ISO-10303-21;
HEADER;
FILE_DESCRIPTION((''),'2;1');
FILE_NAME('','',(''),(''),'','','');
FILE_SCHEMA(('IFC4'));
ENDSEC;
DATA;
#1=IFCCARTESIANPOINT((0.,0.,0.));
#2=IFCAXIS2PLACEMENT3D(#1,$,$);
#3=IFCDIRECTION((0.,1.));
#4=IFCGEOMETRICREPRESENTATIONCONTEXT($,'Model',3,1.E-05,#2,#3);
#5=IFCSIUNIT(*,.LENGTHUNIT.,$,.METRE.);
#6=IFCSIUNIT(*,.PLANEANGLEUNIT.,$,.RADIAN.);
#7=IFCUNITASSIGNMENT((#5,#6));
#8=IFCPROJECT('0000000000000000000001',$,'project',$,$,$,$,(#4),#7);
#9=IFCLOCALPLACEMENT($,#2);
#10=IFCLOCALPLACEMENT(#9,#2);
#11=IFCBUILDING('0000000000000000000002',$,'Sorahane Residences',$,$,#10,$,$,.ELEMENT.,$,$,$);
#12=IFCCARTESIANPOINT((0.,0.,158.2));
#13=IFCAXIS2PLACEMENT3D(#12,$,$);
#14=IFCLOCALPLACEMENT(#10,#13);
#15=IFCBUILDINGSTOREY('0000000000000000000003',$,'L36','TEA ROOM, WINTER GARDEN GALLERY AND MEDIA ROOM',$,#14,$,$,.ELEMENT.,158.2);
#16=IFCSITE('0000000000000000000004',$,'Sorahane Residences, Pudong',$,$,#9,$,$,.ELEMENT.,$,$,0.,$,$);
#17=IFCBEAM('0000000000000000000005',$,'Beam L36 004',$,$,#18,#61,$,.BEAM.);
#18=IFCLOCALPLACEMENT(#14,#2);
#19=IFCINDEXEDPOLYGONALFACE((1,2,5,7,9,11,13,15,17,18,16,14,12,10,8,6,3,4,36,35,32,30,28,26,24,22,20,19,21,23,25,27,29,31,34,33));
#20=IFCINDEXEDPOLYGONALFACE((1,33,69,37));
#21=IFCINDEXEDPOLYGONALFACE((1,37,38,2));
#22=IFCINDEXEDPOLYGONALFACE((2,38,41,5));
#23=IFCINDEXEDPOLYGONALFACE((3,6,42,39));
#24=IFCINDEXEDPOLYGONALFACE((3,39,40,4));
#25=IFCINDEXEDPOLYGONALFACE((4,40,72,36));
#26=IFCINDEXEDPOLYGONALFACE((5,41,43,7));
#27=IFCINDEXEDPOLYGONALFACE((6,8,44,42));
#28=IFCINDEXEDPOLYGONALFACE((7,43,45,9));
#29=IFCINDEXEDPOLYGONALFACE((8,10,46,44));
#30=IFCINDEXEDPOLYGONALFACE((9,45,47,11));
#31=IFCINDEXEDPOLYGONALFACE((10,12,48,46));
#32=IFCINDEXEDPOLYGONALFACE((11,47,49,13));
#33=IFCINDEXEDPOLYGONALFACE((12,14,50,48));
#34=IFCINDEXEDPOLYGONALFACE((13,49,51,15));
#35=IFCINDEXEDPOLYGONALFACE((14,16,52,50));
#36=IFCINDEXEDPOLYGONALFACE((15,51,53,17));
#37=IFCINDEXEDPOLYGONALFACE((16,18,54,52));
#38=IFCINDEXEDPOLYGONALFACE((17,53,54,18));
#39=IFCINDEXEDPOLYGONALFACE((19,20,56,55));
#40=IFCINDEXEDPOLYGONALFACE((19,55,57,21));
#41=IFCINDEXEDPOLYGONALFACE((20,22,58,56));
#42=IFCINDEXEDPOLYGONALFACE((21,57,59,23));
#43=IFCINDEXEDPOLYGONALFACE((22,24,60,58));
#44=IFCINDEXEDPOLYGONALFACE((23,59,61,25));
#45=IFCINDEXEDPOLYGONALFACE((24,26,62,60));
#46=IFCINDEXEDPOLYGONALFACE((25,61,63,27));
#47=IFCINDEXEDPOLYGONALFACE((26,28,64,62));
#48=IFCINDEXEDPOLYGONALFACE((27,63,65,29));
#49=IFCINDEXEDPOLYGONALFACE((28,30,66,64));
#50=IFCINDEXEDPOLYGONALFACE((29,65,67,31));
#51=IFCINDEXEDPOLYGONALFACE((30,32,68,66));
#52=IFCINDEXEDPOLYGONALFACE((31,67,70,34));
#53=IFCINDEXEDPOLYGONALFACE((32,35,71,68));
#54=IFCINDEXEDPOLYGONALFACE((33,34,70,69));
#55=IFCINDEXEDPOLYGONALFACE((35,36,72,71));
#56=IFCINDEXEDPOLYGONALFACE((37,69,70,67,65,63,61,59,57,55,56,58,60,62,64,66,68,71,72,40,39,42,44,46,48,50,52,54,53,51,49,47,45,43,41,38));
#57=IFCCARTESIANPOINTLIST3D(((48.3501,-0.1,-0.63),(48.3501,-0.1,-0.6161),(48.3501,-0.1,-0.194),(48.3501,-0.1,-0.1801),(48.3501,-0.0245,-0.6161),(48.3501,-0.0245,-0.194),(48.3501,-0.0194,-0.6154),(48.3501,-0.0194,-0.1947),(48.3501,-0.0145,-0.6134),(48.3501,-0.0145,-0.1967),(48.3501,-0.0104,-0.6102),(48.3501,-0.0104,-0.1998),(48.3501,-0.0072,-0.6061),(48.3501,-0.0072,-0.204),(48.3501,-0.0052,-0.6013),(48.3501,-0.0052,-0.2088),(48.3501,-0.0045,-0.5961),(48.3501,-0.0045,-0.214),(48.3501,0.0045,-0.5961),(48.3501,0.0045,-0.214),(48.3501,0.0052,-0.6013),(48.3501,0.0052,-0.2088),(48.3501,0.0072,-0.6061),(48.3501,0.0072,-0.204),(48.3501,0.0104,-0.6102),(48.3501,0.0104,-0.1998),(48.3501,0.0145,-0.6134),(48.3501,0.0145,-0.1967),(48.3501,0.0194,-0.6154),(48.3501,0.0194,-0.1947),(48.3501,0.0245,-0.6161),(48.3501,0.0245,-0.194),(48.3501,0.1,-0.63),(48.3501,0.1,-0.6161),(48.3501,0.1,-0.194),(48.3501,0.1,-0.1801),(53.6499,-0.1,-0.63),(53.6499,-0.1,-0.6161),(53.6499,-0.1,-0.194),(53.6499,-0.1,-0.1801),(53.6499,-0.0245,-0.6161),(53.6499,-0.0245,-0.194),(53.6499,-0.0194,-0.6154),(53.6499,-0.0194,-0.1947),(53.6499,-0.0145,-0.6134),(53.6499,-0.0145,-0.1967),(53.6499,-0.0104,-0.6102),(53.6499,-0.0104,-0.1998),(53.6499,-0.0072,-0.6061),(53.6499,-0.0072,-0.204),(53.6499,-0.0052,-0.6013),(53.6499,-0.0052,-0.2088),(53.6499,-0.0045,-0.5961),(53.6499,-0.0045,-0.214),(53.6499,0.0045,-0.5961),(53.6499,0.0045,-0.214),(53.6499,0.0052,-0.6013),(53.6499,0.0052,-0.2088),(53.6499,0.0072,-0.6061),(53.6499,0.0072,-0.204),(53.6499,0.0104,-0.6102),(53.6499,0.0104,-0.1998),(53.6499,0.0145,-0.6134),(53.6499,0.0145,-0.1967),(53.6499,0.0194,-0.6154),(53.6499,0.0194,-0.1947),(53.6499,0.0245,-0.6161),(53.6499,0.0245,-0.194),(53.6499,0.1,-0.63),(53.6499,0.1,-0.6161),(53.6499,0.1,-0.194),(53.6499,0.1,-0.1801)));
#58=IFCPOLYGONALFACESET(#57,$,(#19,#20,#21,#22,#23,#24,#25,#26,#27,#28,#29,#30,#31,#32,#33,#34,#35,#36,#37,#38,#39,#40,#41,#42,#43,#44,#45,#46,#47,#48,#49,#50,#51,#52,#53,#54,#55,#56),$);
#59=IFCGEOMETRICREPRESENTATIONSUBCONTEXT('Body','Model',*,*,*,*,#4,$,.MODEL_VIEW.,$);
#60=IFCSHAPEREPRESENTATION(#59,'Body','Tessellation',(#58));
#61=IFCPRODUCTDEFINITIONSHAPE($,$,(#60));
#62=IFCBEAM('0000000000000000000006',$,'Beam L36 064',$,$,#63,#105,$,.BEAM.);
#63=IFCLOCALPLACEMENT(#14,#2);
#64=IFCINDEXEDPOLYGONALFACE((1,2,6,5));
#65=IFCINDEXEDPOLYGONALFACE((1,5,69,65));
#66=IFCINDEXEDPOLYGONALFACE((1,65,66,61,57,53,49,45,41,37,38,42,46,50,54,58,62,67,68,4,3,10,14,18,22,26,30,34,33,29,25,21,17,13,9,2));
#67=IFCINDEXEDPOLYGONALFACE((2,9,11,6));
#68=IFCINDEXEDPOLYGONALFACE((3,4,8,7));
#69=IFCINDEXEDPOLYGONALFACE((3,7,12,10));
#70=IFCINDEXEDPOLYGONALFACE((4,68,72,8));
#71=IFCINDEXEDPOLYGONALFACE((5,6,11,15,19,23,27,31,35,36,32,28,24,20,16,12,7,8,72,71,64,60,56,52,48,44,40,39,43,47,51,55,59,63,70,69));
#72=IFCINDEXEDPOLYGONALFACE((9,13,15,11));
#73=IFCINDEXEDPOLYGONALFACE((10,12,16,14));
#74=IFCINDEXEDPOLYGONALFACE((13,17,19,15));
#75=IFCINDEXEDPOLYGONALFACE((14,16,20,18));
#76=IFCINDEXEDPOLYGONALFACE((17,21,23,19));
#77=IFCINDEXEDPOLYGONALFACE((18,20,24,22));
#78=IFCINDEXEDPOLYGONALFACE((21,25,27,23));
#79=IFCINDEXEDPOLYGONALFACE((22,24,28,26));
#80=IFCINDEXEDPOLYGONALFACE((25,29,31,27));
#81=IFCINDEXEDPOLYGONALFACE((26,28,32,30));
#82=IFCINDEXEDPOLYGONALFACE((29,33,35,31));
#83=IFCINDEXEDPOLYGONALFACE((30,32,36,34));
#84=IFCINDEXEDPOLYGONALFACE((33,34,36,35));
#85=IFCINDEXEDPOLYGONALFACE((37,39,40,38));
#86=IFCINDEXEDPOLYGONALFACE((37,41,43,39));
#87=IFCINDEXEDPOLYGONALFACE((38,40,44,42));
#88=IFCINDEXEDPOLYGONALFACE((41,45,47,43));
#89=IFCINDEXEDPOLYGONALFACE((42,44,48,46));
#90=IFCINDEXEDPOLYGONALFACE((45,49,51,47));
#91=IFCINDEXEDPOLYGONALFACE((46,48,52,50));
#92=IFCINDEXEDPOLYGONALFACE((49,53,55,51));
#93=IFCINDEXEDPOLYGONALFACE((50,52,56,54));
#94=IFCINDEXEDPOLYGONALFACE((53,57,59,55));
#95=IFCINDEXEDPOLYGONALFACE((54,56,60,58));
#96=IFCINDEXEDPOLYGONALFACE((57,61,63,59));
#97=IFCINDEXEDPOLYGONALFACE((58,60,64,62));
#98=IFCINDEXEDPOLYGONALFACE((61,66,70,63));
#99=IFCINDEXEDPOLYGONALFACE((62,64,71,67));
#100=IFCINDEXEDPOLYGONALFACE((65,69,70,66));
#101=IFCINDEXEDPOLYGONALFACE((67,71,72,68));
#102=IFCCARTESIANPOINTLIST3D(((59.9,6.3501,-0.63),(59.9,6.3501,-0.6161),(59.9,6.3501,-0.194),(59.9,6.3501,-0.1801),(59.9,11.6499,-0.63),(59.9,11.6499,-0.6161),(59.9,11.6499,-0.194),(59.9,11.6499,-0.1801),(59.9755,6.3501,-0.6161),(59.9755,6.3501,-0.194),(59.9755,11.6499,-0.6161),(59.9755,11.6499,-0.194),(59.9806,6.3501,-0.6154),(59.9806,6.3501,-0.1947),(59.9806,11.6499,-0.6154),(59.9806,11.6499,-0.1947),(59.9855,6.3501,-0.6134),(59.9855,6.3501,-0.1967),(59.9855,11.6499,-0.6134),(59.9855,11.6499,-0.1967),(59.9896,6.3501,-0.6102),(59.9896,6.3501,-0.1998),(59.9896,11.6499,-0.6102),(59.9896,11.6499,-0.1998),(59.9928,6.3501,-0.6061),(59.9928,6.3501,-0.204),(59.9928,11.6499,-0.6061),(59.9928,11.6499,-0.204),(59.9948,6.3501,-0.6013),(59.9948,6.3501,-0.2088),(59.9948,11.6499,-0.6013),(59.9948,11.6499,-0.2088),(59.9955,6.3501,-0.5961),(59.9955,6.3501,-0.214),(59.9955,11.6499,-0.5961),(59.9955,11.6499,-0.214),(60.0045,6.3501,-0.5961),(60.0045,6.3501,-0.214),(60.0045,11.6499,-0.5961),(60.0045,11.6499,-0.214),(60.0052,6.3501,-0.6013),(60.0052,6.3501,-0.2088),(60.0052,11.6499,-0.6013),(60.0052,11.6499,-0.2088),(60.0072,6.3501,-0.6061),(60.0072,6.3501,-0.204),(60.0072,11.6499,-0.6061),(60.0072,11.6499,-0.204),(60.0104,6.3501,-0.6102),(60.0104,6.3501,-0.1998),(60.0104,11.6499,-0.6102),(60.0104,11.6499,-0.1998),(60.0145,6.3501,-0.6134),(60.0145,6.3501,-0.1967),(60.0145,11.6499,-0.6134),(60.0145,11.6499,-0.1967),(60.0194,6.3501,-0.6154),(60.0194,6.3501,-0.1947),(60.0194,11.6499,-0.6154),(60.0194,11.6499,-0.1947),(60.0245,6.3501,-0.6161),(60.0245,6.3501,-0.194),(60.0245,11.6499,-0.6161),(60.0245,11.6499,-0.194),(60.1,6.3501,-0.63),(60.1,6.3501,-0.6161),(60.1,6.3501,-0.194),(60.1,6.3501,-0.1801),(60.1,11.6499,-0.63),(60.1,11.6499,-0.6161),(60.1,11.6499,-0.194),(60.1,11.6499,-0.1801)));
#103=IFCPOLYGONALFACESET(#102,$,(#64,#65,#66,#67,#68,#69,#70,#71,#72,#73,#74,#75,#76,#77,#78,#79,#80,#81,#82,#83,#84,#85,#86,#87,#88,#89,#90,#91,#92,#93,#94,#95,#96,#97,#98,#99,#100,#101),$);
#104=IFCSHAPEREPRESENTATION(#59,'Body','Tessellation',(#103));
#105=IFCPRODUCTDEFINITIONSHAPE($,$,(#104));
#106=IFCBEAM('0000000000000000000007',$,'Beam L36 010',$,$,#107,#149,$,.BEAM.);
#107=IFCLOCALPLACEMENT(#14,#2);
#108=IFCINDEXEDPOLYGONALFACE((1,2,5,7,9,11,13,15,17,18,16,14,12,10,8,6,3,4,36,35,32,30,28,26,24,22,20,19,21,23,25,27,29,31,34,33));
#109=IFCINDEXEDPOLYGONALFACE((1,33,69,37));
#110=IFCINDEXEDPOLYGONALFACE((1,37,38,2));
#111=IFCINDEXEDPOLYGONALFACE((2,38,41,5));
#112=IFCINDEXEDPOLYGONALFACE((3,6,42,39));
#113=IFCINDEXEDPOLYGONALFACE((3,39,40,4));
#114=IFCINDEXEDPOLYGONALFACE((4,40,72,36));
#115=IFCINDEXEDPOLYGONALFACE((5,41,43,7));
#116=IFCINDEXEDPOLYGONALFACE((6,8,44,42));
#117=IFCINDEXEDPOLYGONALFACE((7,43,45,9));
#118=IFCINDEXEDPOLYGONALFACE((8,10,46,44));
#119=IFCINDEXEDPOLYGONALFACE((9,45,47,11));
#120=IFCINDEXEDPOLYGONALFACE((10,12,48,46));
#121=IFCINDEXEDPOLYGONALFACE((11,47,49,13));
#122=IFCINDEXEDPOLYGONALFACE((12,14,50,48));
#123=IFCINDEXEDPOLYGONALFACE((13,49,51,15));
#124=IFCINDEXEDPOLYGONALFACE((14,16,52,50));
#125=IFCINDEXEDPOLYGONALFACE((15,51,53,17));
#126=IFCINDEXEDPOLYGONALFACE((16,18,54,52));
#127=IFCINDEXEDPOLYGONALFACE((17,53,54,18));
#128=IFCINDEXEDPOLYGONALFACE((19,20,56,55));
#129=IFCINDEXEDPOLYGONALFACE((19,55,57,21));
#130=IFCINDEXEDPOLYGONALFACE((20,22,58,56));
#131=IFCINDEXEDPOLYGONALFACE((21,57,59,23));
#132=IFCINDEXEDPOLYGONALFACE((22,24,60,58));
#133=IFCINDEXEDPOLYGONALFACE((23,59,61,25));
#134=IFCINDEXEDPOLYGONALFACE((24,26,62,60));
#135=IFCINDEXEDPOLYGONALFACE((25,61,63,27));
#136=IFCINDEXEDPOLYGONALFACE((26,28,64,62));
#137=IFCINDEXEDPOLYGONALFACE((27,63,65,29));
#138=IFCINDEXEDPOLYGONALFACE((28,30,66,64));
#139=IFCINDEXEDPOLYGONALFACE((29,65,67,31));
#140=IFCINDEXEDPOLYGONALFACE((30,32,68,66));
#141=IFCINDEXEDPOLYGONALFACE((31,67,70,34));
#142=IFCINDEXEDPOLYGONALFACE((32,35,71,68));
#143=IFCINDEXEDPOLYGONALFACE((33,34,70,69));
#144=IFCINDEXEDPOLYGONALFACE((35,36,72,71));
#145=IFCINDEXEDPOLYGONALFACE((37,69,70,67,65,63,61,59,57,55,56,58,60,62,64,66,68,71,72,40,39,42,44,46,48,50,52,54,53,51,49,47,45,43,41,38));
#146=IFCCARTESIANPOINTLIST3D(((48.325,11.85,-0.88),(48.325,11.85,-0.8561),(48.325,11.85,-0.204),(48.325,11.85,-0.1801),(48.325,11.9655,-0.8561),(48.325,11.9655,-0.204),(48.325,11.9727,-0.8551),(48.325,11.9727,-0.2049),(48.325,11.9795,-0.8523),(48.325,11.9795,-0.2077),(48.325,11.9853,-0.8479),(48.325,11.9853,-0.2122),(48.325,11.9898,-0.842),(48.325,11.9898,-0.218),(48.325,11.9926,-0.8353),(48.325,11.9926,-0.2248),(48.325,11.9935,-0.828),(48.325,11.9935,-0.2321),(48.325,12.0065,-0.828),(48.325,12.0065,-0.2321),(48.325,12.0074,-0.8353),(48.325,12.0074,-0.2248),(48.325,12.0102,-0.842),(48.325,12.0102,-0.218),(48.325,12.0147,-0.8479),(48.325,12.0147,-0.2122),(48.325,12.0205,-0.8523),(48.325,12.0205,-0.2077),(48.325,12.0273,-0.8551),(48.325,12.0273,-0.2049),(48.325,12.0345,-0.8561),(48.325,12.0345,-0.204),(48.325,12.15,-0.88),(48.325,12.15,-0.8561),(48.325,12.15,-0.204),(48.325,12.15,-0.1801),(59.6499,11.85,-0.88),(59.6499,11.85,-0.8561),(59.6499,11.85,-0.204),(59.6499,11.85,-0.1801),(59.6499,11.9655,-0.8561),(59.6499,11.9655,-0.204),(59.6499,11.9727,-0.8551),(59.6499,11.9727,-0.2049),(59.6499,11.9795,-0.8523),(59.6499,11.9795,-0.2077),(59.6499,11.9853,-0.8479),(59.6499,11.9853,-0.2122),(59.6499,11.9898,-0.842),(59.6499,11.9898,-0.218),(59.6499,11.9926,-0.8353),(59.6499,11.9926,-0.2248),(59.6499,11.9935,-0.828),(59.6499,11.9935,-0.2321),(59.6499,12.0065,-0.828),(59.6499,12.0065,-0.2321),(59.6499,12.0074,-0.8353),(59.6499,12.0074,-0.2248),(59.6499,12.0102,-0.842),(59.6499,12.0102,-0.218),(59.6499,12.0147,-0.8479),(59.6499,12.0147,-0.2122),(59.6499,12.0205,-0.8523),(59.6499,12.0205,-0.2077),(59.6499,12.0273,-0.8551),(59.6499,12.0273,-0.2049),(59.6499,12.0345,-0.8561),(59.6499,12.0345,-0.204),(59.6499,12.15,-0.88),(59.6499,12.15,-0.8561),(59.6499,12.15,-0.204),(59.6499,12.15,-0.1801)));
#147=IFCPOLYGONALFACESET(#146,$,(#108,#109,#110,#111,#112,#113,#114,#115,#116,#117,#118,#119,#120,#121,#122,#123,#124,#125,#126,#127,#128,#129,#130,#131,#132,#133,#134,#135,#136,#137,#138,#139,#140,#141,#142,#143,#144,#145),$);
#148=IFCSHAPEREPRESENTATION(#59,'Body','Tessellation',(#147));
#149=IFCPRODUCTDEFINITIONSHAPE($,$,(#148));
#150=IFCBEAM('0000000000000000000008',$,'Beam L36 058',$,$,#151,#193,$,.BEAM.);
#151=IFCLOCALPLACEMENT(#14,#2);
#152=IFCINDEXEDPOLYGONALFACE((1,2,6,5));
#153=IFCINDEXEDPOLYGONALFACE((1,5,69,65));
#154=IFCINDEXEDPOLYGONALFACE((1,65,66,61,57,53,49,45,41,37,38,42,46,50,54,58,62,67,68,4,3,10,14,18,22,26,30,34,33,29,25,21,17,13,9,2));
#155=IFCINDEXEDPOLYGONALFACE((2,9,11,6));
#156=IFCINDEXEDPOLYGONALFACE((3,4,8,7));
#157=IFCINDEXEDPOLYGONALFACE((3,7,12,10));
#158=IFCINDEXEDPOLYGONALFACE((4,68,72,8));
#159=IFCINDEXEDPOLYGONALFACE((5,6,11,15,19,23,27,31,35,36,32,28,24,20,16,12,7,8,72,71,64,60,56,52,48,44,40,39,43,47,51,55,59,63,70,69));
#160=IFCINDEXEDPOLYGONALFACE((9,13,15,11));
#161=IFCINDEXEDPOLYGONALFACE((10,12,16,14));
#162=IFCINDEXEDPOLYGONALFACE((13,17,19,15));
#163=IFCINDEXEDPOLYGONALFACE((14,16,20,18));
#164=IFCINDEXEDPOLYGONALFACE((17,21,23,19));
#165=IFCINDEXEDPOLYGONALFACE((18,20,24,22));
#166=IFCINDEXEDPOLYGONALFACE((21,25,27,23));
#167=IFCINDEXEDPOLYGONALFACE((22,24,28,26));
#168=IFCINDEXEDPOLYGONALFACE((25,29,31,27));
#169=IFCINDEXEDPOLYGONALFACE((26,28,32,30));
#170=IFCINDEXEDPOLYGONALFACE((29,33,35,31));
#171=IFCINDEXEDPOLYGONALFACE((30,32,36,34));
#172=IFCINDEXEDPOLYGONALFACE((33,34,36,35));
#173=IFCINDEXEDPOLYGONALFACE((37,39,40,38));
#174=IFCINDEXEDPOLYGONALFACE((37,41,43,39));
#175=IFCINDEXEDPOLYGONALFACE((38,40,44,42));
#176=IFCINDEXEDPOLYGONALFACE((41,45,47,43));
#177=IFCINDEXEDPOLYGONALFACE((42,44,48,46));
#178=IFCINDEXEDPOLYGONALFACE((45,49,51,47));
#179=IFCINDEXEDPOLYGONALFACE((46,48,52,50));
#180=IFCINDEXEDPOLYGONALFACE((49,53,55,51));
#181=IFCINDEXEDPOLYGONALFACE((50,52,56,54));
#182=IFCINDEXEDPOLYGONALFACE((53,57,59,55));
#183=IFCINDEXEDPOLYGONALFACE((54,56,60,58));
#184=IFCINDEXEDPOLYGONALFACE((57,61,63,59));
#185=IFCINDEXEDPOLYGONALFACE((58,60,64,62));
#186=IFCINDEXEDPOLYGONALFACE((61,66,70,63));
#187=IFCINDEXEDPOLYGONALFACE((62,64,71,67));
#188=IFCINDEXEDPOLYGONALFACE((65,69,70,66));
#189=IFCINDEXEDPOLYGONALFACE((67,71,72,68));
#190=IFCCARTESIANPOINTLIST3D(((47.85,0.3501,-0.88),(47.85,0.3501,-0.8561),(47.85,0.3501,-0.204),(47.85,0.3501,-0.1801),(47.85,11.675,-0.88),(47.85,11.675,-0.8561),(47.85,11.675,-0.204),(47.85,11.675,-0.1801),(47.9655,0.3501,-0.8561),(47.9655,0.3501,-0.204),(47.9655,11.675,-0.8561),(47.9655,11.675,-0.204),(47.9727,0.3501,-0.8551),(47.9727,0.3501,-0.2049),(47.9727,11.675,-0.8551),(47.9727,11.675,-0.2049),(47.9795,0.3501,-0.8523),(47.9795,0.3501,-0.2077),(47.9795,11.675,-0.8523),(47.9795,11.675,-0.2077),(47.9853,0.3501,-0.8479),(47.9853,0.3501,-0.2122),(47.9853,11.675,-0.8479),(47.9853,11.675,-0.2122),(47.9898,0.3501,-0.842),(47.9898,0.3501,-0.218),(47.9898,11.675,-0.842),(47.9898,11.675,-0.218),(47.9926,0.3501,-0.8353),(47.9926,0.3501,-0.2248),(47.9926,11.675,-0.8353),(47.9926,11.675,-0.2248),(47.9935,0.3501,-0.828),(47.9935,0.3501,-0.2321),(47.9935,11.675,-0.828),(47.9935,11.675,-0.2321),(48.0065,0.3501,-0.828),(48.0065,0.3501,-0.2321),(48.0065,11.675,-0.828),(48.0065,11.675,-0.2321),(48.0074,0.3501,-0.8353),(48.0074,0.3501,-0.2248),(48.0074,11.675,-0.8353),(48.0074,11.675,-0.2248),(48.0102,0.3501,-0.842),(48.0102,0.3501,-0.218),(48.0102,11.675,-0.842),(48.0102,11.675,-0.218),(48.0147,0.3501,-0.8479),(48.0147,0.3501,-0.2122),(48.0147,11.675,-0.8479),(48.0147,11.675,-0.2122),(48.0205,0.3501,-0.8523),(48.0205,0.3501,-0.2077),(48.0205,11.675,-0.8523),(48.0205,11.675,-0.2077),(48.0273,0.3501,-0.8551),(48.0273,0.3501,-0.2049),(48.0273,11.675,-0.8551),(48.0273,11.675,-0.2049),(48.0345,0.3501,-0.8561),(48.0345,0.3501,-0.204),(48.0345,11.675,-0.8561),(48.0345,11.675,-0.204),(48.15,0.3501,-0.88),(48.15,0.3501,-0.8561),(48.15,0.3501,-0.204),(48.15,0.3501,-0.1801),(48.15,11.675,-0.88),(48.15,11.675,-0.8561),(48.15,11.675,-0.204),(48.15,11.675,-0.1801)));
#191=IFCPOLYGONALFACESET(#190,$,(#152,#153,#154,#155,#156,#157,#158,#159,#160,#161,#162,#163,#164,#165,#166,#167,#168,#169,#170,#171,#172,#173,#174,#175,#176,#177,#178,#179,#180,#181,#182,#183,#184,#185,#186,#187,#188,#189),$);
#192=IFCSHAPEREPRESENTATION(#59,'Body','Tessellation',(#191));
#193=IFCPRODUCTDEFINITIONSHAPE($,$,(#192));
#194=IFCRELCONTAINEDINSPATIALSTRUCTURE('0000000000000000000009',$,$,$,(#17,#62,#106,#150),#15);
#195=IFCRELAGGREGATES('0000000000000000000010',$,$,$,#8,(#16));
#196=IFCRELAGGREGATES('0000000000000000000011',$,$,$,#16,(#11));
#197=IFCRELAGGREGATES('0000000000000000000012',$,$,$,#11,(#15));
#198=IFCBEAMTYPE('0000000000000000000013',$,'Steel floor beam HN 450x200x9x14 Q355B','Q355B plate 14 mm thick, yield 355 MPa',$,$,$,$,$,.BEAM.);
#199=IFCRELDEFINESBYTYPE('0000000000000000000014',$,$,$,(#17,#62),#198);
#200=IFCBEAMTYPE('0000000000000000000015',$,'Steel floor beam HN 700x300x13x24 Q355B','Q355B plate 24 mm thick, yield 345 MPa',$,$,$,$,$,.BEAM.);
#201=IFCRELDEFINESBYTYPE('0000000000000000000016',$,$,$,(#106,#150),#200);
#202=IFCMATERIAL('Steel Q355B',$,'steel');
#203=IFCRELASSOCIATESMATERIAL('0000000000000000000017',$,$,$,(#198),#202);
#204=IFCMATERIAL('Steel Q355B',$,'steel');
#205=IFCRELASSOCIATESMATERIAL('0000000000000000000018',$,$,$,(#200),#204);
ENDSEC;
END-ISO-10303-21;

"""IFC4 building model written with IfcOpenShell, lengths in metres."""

from ifc_helpers import new_model, si_unit, direction, frame, origin, origin_2d, place, context, subcontext, project, spatial, i_section, extrude, material, material_profile, profile_set, type_object, element, save


model = new_model("IFC4")

# Units and contexts
model_context = context("Model", 3, precision=1e-05, world=origin(), true_north=direction((0.0, 1.0)))
body_context = subcontext(model_context, "Body", "Model", "MODEL_VIEW")
ifc_project = project(units=[si_unit("LENGTHUNIT", "METRE"), si_unit("PLANEANGLEUNIT", "RADIAN")], contexts=[model_context])

# Site, building, storey
site_placement = place(None, origin())
site = spatial("IfcSite", under=ifc_project, at=site_placement, Name="Sorahane Residences, Pudong", CompositionType="ELEMENT", RefElevation=0.0)
building_placement = place(site_placement, origin())
building = spatial("IfcBuilding", under=site, at=building_placement, Name="Sorahane Residences", CompositionType="ELEMENT")
storey_placement = place(building_placement, frame((0.0, 0.0, 158.2)))
storey = spatial("IfcBuildingStorey", under=building, at=storey_placement, Name="L36", Description="TEA ROOM, WINTER GARDEN GALLERY AND MEDIA ROOM", CompositionType="ELEMENT", Elevation=158.2)

# Beams
ifc_material_1 = material(Name="Steel Q355B", Category="steel")
ifc_material_profile_1 = material_profile(ifc_material_1, i_section(OverallWidth=0.2, OverallDepth=0.45, WebThickness=0.009, FlangeThickness=0.0139, FilletRadius=0.02, at=origin_2d()), Name="HN 450x200x9x14")
ifc_profile_set_1 = profile_set([ifc_material_profile_1], Name="Steel Q355B")
beam_type_1 = type_object("IfcBeamType", Name="Steel floor beam HN 450x200x9x14 Q355B", Description="Q355B plate 14 mm thick, yield 355 MPa", PredefinedType="BEAM", material=ifc_profile_set_1)
for number, where, z_axis, x_axis, name in (
    (1, (48.3501, 0.0, -0.405), (1.0, 0.0, 0.0), (0.0, 1.0, 0.0), "Beam L36 004"),
    (2, (60.0, 6.3501, -0.405), (0.0, 1.0, 0.0), (-1.0, 0.0, 0.0), "Beam L36 064"),
):
    element("IfcBeam", number, at=place(storey_placement, frame(where, z_axis=z_axis, x_axis=x_axis)), inside=storey, type_object=beam_type_1, Name=name, PredefinedType="BEAM", context=body_context, shape_type="SweptSolid", body=[
        extrude(i_section(OverallWidth=0.2, OverallDepth=0.45, WebThickness=0.009, FlangeThickness=0.0139, FilletRadius=0.02, at=origin_2d()), origin(), (0.0, 0.0, 1.0), 5.2998),
    ])
ifc_material_2 = material(Name="Steel Q355B", Category="steel")
ifc_material_profile_2 = material_profile(ifc_material_2, i_section(OverallWidth=0.3, OverallDepth=0.7, WebThickness=0.0129, FlangeThickness=0.0239, FilletRadius=0.0281, at=origin_2d()), Name="HN 700x300x13x24")
ifc_profile_set_2 = profile_set([ifc_material_profile_2], Name="Steel Q355B")
beam_type_2 = type_object("IfcBeamType", Name="Steel floor beam HN 700x300x13x24 Q355B", Description="Q355B plate 24 mm thick, yield 345 MPa", PredefinedType="BEAM", material=ifc_profile_set_2)
for number, where, z_axis, x_axis, name in (
    (3, (48.325, 12.0, -0.53), (1.0, 0.0, 0.0), (0.0, 1.0, 0.0), "Beam L36 010"),
    (4, (48.0, 0.3501, -0.53), (0.0, 1.0, 0.0), (-1.0, 0.0, 0.0), "Beam L36 058"),
):
    element("IfcBeam", number, at=place(storey_placement, frame(where, z_axis=z_axis, x_axis=x_axis)), inside=storey, type_object=beam_type_2, Name=name, PredefinedType="BEAM", context=body_context, shape_type="SweptSolid", body=[
        extrude(i_section(OverallWidth=0.3, OverallDepth=0.7, WebThickness=0.0129, FlangeThickness=0.0239, FilletRadius=0.0281, at=origin_2d()), origin(), (0.0, 0.0, 1.0), 11.325),
    ])

save(model, "model.ifc")
